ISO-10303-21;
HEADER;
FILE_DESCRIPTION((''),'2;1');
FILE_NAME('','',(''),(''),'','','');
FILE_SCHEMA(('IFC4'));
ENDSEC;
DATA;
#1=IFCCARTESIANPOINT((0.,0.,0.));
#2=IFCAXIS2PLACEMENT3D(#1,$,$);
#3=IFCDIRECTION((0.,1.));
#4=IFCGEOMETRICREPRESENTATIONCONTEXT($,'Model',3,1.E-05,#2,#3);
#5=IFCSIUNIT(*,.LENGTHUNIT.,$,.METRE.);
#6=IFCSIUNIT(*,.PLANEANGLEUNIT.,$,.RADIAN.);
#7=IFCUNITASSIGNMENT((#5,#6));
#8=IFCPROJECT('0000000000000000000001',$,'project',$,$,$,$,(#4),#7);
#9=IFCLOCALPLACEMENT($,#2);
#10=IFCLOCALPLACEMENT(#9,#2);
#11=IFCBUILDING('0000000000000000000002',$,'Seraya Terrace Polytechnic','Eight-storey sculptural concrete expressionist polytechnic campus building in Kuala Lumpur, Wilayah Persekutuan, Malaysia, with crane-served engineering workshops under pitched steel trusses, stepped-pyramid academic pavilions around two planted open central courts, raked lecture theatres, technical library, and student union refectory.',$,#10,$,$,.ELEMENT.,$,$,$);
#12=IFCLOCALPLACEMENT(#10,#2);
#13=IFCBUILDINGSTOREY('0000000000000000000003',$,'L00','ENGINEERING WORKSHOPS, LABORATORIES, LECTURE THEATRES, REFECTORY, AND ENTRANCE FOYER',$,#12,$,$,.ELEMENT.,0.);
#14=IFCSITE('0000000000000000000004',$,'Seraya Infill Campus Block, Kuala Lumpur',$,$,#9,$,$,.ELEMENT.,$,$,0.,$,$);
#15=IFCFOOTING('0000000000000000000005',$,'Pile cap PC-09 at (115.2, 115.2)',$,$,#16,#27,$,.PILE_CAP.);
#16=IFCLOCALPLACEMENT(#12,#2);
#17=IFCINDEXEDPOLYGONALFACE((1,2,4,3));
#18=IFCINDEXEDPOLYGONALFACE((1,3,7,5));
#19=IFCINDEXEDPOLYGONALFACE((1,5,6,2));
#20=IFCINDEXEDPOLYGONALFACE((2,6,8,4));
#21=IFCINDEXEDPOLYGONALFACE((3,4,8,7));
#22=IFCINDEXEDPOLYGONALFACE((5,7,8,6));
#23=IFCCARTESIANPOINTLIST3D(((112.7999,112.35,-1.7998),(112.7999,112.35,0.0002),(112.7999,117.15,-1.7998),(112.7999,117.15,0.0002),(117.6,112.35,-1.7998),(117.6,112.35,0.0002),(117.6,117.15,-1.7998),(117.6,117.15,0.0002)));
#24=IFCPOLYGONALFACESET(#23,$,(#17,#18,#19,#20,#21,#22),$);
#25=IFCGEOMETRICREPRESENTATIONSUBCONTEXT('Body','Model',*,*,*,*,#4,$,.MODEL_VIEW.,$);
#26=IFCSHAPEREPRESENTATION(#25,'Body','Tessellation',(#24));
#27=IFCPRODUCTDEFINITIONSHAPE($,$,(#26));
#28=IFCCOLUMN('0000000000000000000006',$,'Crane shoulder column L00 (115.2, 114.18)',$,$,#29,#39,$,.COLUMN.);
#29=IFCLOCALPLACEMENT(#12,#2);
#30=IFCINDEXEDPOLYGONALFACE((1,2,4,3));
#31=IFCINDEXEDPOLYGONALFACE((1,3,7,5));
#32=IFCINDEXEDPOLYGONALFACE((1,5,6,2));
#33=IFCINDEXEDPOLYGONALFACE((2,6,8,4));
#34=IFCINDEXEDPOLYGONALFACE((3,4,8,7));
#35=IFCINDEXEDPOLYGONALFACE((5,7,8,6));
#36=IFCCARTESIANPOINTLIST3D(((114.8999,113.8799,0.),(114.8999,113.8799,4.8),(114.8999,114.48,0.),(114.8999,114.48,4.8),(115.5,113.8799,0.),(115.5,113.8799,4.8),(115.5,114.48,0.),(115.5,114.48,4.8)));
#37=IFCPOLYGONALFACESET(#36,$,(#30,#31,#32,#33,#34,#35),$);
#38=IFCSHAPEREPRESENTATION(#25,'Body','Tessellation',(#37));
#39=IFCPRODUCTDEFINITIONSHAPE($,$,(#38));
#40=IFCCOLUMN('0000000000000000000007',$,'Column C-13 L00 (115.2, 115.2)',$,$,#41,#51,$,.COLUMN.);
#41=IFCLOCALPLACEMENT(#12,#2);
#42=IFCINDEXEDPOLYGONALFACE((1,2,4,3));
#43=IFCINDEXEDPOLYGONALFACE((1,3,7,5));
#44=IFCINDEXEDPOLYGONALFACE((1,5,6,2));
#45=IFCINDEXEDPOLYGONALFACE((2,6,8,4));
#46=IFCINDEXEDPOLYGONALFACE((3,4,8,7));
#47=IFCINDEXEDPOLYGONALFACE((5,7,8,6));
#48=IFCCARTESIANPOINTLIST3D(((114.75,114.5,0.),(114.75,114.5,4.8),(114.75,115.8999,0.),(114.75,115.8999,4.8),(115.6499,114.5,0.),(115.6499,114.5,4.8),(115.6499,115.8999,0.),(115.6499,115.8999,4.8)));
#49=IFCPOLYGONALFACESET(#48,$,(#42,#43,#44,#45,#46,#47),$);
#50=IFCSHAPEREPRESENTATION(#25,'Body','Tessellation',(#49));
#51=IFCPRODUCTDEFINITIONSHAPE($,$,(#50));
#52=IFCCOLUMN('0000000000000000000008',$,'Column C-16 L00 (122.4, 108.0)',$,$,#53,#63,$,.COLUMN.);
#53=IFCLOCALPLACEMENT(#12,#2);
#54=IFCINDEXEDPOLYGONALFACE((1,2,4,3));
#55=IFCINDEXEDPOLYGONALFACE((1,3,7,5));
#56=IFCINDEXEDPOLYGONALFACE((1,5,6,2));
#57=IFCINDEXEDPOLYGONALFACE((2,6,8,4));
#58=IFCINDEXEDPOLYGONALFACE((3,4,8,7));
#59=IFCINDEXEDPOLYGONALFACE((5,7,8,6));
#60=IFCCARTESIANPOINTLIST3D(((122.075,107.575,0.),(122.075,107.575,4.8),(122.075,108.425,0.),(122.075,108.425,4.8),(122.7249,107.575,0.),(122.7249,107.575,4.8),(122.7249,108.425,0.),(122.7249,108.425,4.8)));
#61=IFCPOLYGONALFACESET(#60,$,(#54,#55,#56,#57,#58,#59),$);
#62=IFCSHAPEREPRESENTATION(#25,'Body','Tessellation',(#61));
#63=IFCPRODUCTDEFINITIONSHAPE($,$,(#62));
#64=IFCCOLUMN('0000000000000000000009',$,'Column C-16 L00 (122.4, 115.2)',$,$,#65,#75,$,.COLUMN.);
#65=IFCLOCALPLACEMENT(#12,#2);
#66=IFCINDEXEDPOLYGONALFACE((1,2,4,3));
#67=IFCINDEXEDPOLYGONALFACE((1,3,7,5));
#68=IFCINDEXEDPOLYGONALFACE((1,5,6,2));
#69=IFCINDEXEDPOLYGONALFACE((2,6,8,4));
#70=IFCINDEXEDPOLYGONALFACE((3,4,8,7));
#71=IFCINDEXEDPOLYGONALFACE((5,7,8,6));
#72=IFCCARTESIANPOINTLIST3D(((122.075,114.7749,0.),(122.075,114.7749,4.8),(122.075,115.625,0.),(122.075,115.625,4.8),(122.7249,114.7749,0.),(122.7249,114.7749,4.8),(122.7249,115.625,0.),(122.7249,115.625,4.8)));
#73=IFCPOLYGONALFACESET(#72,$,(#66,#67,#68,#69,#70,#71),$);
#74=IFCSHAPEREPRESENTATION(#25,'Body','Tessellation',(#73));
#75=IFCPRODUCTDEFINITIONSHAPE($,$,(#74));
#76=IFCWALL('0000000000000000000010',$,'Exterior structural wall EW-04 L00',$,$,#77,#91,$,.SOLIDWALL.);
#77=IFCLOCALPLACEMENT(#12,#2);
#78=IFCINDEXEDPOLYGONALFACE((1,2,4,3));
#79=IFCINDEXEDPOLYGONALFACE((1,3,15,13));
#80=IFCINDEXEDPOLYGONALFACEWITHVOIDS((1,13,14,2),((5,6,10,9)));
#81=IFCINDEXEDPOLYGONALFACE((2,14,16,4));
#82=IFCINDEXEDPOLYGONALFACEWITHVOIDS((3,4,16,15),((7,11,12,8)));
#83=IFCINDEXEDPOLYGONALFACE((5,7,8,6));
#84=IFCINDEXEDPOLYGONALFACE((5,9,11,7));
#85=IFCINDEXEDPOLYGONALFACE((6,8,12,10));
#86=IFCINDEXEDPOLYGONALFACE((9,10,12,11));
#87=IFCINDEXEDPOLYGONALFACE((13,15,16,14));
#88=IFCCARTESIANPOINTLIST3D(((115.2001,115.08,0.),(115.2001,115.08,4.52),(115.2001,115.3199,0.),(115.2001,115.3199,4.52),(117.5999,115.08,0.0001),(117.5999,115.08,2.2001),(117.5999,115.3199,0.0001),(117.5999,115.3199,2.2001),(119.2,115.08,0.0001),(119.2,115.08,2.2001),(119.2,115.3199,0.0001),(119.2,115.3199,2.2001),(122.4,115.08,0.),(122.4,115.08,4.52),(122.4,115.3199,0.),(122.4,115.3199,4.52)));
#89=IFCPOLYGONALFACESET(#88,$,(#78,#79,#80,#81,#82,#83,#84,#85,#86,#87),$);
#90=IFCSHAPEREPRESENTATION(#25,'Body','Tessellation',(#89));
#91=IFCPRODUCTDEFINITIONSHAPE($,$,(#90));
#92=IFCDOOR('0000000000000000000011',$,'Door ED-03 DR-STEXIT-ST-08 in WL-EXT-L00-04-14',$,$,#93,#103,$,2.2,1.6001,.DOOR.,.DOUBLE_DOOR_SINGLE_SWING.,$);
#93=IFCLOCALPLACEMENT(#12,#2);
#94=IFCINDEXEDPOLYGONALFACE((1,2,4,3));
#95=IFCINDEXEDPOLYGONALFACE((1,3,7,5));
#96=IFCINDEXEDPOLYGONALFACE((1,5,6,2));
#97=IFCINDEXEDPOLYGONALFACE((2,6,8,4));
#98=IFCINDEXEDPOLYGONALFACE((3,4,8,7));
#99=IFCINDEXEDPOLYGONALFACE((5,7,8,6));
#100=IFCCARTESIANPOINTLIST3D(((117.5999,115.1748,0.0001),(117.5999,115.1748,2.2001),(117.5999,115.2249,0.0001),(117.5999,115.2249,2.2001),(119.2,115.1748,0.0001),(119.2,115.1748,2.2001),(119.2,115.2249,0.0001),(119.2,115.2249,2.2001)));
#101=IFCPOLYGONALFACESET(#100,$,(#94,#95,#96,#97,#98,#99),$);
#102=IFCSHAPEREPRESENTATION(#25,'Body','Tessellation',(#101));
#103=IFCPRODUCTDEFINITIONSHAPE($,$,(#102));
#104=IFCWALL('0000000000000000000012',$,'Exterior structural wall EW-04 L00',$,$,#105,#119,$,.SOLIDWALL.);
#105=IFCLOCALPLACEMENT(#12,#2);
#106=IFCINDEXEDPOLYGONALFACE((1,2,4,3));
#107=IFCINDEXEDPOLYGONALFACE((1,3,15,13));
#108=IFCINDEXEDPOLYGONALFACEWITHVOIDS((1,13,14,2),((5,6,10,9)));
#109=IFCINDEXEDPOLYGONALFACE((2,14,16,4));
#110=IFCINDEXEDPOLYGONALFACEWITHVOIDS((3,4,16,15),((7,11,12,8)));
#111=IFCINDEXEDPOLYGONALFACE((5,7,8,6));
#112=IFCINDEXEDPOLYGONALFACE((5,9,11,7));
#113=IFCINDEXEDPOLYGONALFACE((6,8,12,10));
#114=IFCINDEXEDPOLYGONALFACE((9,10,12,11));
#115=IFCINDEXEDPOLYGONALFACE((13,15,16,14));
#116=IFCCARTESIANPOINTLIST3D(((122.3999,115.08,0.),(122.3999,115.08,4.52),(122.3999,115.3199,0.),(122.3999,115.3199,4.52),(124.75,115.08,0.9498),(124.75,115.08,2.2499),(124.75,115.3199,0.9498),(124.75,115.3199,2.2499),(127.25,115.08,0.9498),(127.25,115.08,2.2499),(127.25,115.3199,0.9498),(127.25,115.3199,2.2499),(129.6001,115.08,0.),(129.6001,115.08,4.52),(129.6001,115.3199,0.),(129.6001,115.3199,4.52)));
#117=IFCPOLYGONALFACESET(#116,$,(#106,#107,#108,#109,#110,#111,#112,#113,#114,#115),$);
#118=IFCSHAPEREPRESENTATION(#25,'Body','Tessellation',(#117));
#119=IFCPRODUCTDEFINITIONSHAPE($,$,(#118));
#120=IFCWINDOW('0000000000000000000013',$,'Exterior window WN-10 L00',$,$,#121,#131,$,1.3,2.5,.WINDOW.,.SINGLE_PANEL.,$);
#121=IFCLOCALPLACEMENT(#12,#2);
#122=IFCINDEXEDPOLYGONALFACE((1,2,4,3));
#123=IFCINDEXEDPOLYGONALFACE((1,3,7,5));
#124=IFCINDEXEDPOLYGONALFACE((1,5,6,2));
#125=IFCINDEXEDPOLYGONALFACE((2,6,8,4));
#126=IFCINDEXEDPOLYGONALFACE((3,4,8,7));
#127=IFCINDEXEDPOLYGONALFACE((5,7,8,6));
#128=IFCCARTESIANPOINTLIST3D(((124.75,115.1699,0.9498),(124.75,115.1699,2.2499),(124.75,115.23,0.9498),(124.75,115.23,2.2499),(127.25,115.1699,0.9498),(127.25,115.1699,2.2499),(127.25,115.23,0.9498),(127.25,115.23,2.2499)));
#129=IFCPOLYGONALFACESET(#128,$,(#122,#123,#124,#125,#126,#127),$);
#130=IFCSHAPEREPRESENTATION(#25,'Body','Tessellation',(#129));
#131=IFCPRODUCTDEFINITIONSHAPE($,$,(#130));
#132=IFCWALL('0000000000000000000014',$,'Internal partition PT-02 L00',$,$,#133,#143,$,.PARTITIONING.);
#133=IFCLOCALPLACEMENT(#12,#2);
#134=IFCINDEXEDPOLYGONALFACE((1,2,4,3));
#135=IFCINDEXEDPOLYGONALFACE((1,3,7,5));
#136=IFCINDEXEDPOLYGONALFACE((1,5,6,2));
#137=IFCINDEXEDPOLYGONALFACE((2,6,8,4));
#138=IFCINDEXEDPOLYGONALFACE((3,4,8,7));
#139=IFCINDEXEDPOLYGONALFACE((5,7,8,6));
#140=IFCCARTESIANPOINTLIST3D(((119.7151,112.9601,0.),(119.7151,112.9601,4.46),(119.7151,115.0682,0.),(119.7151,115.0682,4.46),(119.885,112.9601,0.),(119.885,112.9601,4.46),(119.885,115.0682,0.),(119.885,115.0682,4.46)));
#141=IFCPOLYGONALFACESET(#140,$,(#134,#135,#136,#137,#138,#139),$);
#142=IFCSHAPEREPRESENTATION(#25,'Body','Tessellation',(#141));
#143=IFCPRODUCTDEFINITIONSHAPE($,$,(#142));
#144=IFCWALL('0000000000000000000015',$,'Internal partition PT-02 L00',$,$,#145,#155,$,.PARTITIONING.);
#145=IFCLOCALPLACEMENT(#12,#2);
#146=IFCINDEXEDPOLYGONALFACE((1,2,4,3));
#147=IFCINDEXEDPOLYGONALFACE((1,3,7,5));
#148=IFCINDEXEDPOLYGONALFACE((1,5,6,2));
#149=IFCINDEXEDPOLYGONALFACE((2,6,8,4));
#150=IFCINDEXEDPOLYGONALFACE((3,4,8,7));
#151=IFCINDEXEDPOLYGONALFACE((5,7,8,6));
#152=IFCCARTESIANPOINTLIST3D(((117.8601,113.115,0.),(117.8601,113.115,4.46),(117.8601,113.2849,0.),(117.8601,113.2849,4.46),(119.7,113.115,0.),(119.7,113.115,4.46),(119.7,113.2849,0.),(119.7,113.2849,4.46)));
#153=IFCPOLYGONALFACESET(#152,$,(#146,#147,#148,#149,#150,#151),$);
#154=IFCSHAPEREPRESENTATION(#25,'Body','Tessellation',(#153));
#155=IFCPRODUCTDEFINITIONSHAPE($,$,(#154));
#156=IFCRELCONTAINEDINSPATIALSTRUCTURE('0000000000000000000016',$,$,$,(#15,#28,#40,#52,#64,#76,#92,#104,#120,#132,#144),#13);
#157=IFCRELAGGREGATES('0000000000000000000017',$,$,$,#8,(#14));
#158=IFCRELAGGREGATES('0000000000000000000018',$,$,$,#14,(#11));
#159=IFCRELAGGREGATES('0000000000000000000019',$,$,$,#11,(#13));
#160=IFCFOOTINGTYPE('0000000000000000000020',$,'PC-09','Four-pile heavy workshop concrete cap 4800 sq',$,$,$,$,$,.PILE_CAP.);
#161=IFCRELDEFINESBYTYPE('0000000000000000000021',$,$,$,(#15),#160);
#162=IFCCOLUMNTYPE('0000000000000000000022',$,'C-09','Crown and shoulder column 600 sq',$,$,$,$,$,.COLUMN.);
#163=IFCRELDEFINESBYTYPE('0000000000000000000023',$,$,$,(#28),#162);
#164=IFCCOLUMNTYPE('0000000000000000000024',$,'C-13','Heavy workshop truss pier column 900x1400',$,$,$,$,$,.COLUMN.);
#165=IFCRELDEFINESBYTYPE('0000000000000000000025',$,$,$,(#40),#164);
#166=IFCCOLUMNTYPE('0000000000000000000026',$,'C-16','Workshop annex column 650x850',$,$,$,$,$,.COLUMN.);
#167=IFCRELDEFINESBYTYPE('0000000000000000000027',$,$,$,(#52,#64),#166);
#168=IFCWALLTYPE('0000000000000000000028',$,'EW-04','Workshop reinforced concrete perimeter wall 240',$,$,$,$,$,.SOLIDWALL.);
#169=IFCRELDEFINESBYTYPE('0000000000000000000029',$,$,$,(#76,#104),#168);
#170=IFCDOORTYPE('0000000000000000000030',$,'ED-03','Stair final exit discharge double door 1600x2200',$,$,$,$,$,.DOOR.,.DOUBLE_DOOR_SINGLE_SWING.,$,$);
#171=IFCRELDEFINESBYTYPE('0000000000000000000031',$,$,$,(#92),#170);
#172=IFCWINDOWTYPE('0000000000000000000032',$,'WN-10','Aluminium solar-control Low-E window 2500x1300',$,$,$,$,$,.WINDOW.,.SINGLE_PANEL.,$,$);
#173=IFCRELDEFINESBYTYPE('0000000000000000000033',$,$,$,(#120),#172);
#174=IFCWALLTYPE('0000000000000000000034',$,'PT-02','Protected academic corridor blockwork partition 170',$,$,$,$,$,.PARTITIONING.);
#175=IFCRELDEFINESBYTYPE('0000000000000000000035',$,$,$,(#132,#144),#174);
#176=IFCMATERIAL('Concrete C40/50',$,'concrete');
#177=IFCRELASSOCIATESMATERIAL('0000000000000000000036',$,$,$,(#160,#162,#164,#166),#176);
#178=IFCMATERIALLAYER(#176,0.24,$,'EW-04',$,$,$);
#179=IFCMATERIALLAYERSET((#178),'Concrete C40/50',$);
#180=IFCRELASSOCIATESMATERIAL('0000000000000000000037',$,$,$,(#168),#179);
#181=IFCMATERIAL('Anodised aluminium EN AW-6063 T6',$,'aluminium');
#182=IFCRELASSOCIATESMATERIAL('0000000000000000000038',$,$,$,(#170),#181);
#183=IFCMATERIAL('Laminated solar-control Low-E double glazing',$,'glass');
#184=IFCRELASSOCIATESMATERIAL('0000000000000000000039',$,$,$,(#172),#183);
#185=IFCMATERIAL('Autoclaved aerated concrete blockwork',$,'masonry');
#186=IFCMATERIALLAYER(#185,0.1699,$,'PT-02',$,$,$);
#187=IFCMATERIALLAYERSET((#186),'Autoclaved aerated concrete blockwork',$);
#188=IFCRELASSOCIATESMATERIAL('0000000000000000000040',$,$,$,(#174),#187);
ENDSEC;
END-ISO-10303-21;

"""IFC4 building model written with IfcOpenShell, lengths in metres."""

from ifc_helpers import new_model, si_unit, direction, frame, frame_2d, origin, origin_2d, place, context, subcontext, project, spatial, rectangle, extrude, material, layer, layer_set, material_profile, profile_set, type_object, element, fill, save


model = new_model("IFC4")

# Units and contexts
model_context = context("Model", 3, precision=1e-05, world=origin(), true_north=direction((0.0, 1.0)))
body_context = subcontext(model_context, "Body", "Model", "MODEL_VIEW")
ifc_project = project(units=[si_unit("LENGTHUNIT", "METRE"), si_unit("PLANEANGLEUNIT", "RADIAN")], contexts=[model_context])

# Site, building, storey
site_placement = place(None, origin())
site = spatial("IfcSite", under=ifc_project, at=site_placement, Name="Seraya Infill Campus Block, Kuala Lumpur", CompositionType="ELEMENT", RefElevation=0.0)
building_placement = place(site_placement, origin())
building = spatial("IfcBuilding", under=site, at=building_placement, Name="Seraya Terrace Polytechnic", Description="Eight-storey sculptural concrete expressionist polytechnic campus building in Kuala Lumpur, Wilayah Persekutuan, Malaysia, with crane-served engineering workshops under pitched steel trusses, stepped-pyramid academic pavilions around two planted open central courts, raked lecture theatres, technical library, and student union refectory.", CompositionType="ELEMENT")
storey_placement = place(building_placement, origin())
storey = spatial("IfcBuildingStorey", under=building, at=storey_placement, Name="L00", Description="ENGINEERING WORKSHOPS, LABORATORIES, LECTURE THEATRES, REFECTORY, AND ENTRANCE FOYER", CompositionType="ELEMENT", Elevation=0.0)

# Shared definitions
ifc_material_1 = material(Name="Concrete C40/50", Category="concrete")

# Footing
footing_type_1 = type_object("IfcFootingType", Name="PC-09", Description="Four-pile heavy workshop concrete cap 4800 sq", PredefinedType="PILE_CAP", material=ifc_material_1)
footing_1_placement = place(storey_placement, frame((115.2, 114.75, -1.7998), z_axis=(0.0, 0.0, 1.0), x_axis=(1.0, 0.0, 0.0)))
element("IfcFooting", 1, at=footing_1_placement, inside=storey, type_object=footing_type_1, Name="Pile cap PC-09 at (115.2, 115.2)", PredefinedType="PILE_CAP", context=body_context, shape_type="SweptSolid", body=[
    extrude(rectangle(XDim=4.8, YDim=4.8, at=origin_2d()), origin(), (0.0, 0.0, 1.0), 1.8),
])

# Columns
ifc_material_profile_1 = material_profile(ifc_material_1, rectangle(XDim=0.6001, YDim=0.6001, at=origin_2d()), Name="RC 600x600")
ifc_profile_set_1 = profile_set([ifc_material_profile_1], Name="Concrete C40/50")
column_type_1 = type_object("IfcColumnType", Name="C-09", Description="Crown and shoulder column 600 sq", PredefinedType="COLUMN", material=ifc_profile_set_1)
column_1_placement = place(storey_placement, frame((115.2, 114.1799, 0.0), z_axis=(0.0, 0.0, 1.0), x_axis=(1.0, 0.0, 0.0)))
element("IfcColumn", 2, at=column_1_placement, inside=storey, type_object=column_type_1, Name="Crane shoulder column L00 (115.2, 114.18)", PredefinedType="COLUMN", context=body_context, shape_type="SweptSolid", body=[
    extrude(rectangle(XDim=0.6001, YDim=0.6001, at=origin_2d()), origin(), (0.0, 0.0, 1.0), 4.8),
])
ifc_material_profile_2 = material_profile(ifc_material_1, rectangle(XDim=0.8999, YDim=1.3999, at=origin_2d()), Name="RC 900x1400")
ifc_profile_set_2 = profile_set([ifc_material_profile_2], Name="Concrete C40/50")
column_type_2 = type_object("IfcColumnType", Name="C-13", Description="Heavy workshop truss pier column 900x1400", PredefinedType="COLUMN", material=ifc_profile_set_2)
column_2_placement = place(storey_placement, frame((115.2, 115.2, 0.0), z_axis=(0.0, 0.0, 1.0), x_axis=(1.0, 0.0, 0.0)))
element("IfcColumn", 3, at=column_2_placement, inside=storey, type_object=column_type_2, Name="Column C-13 L00 (115.2, 115.2)", PredefinedType="COLUMN", context=body_context, shape_type="SweptSolid", body=[
    extrude(rectangle(XDim=0.8999, YDim=1.3999, at=origin_2d()), origin(), (0.0, 0.0, 1.0), 4.8),
])
ifc_material_profile_3 = material_profile(ifc_material_1, rectangle(XDim=0.6499, YDim=0.8501, at=origin_2d()), Name="RC 650x850")
ifc_profile_set_3 = profile_set([ifc_material_profile_3], Name="Concrete C40/50")
column_type_3 = type_object("IfcColumnType", Name="C-16", Description="Workshop annex column 650x850", PredefinedType="COLUMN", material=ifc_profile_set_3)
for number, where, z_axis, x_axis, name in (
    (4, (122.3999, 108.0, 0.0), (0.0, 0.0, 1.0), (1.0, 0.0, 0.0), "Column C-16 L00 (122.4, 108.0)"),
    (5, (122.3999, 115.2, 0.0), (0.0, 0.0, 1.0), (1.0, 0.0, 0.0), "Column C-16 L00 (122.4, 115.2)"),
):
    element("IfcColumn", number, at=place(storey_placement, frame(where, z_axis=z_axis, x_axis=x_axis)), inside=storey, type_object=column_type_3, Name=name, PredefinedType="COLUMN", context=body_context, shape_type="SweptSolid", body=[
        extrude(rectangle(XDim=0.6499, YDim=0.8501, at=origin_2d()), origin(), (0.0, 0.0, 1.0), 4.8),
    ])

# Wall, opening, door
ifc_layer_1 = layer(ifc_material_1, 0.24, Name="EW-04")
ifc_layer_set_1 = layer_set([ifc_layer_1], Name="Concrete C40/50")
wall_type_1 = type_object("IfcWallType", Name="EW-04", Description="Workshop reinforced concrete perimeter wall 240", PredefinedType="SOLIDWALL", material=ifc_layer_set_1)
wall_1_placement = place(storey_placement, frame((115.2, 115.2, 0.0), z_axis=(0.0, 0.0, 1.0), x_axis=(1.0, 0.0, 0.0)))
wall_1 = element("IfcWall", 6, at=wall_1_placement, inside=storey, type_object=wall_type_1, Name="Exterior structural wall EW-04 L00", PredefinedType="SOLIDWALL", context=body_context, shape_type="SweptSolid", body=[
    extrude(rectangle(XDim=7.2, YDim=0.24, at=frame_2d((3.6001, 0.0))), origin(), (0.0, 0.0, 1.0), 4.52),
])
opening_1_placement = place(wall_1_placement, frame((2.3999, 0.0, 0.0)))
opening_1 = element("IfcOpeningElement", 7, at=opening_1_placement, cuts=wall_1, PredefinedType="OPENING", context=body_context, shape_type="SweptSolid", body=[
    extrude(rectangle(XDim=1.6001, YDim=2.2, at=frame_2d((0.8, 1.1001))), frame((0.0, 0.1318, 0.0), z_axis=(0.0, -1.0, 0.0), x_axis=(1.0, 0.0, 0.0)), (0.0, 0.0, 1.0), 0.2639),
])
ifc_material_2 = material(Name="Anodised aluminium EN AW-6063 T6", Category="aluminium")
door_type = type_object("IfcDoorType", Name="ED-03", Description="Stair final exit discharge double door 1600x2200", OperationType="DOUBLE_DOOR_SINGLE_SWING", PredefinedType="DOOR", material=ifc_material_2)
door_placement = place(opening_1_placement, origin())
door = element("IfcDoor", 8, at=door_placement, inside=storey, type_object=door_type, Name="Door ED-03 DR-STEXIT-ST-08 in WL-EXT-L00-04-14", OperationType="DOUBLE_DOOR_SINGLE_SWING", OverallHeight=2.2, OverallWidth=1.6001, PredefinedType="DOOR", context=body_context, shape_type="SweptSolid", body=[
    extrude(rectangle(XDim=1.6001, YDim=2.2, at=frame_2d((0.8, 1.1001))), frame((0.0, 0.0249, 0.0), z_axis=(0.0, -1.0, 0.0), x_axis=(1.0, 0.0, 0.0)), (0.0, 0.0, 1.0), 0.05),
])
fill(opening_1, door)

# Wall, opening, window
wall_2_placement = place(storey_placement, frame((122.3999, 115.2, 0.0), z_axis=(0.0, 0.0, 1.0), x_axis=(1.0, 0.0, 0.0)))
wall_2 = element("IfcWall", 9, at=wall_2_placement, inside=storey, type_object=wall_type_1, Name="Exterior structural wall EW-04 L00", PredefinedType="SOLIDWALL", context=body_context, shape_type="SweptSolid", body=[
    extrude(rectangle(XDim=7.2002, YDim=0.24, at=frame_2d((3.6001, 0.0))), origin(), (0.0, 0.0, 1.0), 4.52),
])
opening_2_placement = place(wall_2_placement, frame((2.3501, 0.0, 0.95)))
opening_2 = element("IfcOpeningElement", 10, at=opening_2_placement, cuts=wall_2, PredefinedType="OPENING", context=body_context, shape_type="SweptSolid", body=[
    extrude(rectangle(XDim=2.5, YDim=1.3, at=frame_2d((1.25, 0.6499))), frame((0.0, 0.1318, 0.0), z_axis=(0.0, -1.0, 0.0), x_axis=(1.0, 0.0, 0.0)), (0.0, 0.0, 1.0), 0.2639),
])
ifc_material_3 = material(Name="Laminated solar-control Low-E double glazing", Category="glass")
window_type = type_object("IfcWindowType", Name="WN-10", Description="Aluminium solar-control Low-E window 2500x1300", PartitioningType="SINGLE_PANEL", PredefinedType="WINDOW", material=ifc_material_3)
window_placement = place(opening_2_placement, origin())
window = element("IfcWindow", 11, at=window_placement, inside=storey, type_object=window_type, Name="Exterior window WN-10 L00", OverallHeight=1.3, OverallWidth=2.5, PartitioningType="SINGLE_PANEL", PredefinedType="WINDOW", context=body_context, shape_type="SweptSolid", body=[
    extrude(rectangle(XDim=2.5, YDim=1.3, at=frame_2d((1.25, 0.6499))), frame((0.0, 0.03, 0.0), z_axis=(0.0, -1.0, 0.0), x_axis=(1.0, 0.0, 0.0)), (0.0, 0.0, 1.0), 0.0601),
])
fill(opening_2, window)

# Walls
ifc_material_4 = material(Name="Autoclaved aerated concrete blockwork", Category="masonry")
ifc_layer_2 = layer(ifc_material_4, 0.1699, Name="PT-02")
ifc_layer_set_2 = layer_set([ifc_layer_2], Name="Autoclaved aerated concrete blockwork")
wall_type_2 = type_object("IfcWallType", Name="PT-02", Description="Protected academic corridor blockwork partition 170", PredefinedType="PARTITIONING", material=ifc_layer_set_2)
wall_3_placement = place(storey_placement, frame((119.8, 112.96, 0.0), z_axis=(0.0, 0.0, 1.0), x_axis=(0.0, 1.0, 0.0)))
element("IfcWall", 12, at=wall_3_placement, inside=storey, type_object=wall_type_2, Name="Internal partition PT-02 L00", PredefinedType="PARTITIONING", context=body_context, shape_type="SweptSolid", body=[
    extrude(rectangle(XDim=2.1082, YDim=0.1699, at=frame_2d((1.0542, 0.0))), origin(), (0.0, 0.0, 1.0), 4.46),
])
wall_4_placement = place(storey_placement, frame((117.8601, 113.2, 0.0), z_axis=(0.0, 0.0, 1.0), x_axis=(1.0, 0.0, 0.0)))
element("IfcWall", 13, at=wall_4_placement, inside=storey, type_object=wall_type_2, Name="Internal partition PT-02 L00", PredefinedType="PARTITIONING", context=body_context, shape_type="SweptSolid", body=[
    extrude(rectangle(XDim=1.8398, YDim=0.1699, at=frame_2d((0.9199, 0.0))), origin(), (0.0, 0.0, 1.0), 4.46),
])

save(model, "model.ifc")
